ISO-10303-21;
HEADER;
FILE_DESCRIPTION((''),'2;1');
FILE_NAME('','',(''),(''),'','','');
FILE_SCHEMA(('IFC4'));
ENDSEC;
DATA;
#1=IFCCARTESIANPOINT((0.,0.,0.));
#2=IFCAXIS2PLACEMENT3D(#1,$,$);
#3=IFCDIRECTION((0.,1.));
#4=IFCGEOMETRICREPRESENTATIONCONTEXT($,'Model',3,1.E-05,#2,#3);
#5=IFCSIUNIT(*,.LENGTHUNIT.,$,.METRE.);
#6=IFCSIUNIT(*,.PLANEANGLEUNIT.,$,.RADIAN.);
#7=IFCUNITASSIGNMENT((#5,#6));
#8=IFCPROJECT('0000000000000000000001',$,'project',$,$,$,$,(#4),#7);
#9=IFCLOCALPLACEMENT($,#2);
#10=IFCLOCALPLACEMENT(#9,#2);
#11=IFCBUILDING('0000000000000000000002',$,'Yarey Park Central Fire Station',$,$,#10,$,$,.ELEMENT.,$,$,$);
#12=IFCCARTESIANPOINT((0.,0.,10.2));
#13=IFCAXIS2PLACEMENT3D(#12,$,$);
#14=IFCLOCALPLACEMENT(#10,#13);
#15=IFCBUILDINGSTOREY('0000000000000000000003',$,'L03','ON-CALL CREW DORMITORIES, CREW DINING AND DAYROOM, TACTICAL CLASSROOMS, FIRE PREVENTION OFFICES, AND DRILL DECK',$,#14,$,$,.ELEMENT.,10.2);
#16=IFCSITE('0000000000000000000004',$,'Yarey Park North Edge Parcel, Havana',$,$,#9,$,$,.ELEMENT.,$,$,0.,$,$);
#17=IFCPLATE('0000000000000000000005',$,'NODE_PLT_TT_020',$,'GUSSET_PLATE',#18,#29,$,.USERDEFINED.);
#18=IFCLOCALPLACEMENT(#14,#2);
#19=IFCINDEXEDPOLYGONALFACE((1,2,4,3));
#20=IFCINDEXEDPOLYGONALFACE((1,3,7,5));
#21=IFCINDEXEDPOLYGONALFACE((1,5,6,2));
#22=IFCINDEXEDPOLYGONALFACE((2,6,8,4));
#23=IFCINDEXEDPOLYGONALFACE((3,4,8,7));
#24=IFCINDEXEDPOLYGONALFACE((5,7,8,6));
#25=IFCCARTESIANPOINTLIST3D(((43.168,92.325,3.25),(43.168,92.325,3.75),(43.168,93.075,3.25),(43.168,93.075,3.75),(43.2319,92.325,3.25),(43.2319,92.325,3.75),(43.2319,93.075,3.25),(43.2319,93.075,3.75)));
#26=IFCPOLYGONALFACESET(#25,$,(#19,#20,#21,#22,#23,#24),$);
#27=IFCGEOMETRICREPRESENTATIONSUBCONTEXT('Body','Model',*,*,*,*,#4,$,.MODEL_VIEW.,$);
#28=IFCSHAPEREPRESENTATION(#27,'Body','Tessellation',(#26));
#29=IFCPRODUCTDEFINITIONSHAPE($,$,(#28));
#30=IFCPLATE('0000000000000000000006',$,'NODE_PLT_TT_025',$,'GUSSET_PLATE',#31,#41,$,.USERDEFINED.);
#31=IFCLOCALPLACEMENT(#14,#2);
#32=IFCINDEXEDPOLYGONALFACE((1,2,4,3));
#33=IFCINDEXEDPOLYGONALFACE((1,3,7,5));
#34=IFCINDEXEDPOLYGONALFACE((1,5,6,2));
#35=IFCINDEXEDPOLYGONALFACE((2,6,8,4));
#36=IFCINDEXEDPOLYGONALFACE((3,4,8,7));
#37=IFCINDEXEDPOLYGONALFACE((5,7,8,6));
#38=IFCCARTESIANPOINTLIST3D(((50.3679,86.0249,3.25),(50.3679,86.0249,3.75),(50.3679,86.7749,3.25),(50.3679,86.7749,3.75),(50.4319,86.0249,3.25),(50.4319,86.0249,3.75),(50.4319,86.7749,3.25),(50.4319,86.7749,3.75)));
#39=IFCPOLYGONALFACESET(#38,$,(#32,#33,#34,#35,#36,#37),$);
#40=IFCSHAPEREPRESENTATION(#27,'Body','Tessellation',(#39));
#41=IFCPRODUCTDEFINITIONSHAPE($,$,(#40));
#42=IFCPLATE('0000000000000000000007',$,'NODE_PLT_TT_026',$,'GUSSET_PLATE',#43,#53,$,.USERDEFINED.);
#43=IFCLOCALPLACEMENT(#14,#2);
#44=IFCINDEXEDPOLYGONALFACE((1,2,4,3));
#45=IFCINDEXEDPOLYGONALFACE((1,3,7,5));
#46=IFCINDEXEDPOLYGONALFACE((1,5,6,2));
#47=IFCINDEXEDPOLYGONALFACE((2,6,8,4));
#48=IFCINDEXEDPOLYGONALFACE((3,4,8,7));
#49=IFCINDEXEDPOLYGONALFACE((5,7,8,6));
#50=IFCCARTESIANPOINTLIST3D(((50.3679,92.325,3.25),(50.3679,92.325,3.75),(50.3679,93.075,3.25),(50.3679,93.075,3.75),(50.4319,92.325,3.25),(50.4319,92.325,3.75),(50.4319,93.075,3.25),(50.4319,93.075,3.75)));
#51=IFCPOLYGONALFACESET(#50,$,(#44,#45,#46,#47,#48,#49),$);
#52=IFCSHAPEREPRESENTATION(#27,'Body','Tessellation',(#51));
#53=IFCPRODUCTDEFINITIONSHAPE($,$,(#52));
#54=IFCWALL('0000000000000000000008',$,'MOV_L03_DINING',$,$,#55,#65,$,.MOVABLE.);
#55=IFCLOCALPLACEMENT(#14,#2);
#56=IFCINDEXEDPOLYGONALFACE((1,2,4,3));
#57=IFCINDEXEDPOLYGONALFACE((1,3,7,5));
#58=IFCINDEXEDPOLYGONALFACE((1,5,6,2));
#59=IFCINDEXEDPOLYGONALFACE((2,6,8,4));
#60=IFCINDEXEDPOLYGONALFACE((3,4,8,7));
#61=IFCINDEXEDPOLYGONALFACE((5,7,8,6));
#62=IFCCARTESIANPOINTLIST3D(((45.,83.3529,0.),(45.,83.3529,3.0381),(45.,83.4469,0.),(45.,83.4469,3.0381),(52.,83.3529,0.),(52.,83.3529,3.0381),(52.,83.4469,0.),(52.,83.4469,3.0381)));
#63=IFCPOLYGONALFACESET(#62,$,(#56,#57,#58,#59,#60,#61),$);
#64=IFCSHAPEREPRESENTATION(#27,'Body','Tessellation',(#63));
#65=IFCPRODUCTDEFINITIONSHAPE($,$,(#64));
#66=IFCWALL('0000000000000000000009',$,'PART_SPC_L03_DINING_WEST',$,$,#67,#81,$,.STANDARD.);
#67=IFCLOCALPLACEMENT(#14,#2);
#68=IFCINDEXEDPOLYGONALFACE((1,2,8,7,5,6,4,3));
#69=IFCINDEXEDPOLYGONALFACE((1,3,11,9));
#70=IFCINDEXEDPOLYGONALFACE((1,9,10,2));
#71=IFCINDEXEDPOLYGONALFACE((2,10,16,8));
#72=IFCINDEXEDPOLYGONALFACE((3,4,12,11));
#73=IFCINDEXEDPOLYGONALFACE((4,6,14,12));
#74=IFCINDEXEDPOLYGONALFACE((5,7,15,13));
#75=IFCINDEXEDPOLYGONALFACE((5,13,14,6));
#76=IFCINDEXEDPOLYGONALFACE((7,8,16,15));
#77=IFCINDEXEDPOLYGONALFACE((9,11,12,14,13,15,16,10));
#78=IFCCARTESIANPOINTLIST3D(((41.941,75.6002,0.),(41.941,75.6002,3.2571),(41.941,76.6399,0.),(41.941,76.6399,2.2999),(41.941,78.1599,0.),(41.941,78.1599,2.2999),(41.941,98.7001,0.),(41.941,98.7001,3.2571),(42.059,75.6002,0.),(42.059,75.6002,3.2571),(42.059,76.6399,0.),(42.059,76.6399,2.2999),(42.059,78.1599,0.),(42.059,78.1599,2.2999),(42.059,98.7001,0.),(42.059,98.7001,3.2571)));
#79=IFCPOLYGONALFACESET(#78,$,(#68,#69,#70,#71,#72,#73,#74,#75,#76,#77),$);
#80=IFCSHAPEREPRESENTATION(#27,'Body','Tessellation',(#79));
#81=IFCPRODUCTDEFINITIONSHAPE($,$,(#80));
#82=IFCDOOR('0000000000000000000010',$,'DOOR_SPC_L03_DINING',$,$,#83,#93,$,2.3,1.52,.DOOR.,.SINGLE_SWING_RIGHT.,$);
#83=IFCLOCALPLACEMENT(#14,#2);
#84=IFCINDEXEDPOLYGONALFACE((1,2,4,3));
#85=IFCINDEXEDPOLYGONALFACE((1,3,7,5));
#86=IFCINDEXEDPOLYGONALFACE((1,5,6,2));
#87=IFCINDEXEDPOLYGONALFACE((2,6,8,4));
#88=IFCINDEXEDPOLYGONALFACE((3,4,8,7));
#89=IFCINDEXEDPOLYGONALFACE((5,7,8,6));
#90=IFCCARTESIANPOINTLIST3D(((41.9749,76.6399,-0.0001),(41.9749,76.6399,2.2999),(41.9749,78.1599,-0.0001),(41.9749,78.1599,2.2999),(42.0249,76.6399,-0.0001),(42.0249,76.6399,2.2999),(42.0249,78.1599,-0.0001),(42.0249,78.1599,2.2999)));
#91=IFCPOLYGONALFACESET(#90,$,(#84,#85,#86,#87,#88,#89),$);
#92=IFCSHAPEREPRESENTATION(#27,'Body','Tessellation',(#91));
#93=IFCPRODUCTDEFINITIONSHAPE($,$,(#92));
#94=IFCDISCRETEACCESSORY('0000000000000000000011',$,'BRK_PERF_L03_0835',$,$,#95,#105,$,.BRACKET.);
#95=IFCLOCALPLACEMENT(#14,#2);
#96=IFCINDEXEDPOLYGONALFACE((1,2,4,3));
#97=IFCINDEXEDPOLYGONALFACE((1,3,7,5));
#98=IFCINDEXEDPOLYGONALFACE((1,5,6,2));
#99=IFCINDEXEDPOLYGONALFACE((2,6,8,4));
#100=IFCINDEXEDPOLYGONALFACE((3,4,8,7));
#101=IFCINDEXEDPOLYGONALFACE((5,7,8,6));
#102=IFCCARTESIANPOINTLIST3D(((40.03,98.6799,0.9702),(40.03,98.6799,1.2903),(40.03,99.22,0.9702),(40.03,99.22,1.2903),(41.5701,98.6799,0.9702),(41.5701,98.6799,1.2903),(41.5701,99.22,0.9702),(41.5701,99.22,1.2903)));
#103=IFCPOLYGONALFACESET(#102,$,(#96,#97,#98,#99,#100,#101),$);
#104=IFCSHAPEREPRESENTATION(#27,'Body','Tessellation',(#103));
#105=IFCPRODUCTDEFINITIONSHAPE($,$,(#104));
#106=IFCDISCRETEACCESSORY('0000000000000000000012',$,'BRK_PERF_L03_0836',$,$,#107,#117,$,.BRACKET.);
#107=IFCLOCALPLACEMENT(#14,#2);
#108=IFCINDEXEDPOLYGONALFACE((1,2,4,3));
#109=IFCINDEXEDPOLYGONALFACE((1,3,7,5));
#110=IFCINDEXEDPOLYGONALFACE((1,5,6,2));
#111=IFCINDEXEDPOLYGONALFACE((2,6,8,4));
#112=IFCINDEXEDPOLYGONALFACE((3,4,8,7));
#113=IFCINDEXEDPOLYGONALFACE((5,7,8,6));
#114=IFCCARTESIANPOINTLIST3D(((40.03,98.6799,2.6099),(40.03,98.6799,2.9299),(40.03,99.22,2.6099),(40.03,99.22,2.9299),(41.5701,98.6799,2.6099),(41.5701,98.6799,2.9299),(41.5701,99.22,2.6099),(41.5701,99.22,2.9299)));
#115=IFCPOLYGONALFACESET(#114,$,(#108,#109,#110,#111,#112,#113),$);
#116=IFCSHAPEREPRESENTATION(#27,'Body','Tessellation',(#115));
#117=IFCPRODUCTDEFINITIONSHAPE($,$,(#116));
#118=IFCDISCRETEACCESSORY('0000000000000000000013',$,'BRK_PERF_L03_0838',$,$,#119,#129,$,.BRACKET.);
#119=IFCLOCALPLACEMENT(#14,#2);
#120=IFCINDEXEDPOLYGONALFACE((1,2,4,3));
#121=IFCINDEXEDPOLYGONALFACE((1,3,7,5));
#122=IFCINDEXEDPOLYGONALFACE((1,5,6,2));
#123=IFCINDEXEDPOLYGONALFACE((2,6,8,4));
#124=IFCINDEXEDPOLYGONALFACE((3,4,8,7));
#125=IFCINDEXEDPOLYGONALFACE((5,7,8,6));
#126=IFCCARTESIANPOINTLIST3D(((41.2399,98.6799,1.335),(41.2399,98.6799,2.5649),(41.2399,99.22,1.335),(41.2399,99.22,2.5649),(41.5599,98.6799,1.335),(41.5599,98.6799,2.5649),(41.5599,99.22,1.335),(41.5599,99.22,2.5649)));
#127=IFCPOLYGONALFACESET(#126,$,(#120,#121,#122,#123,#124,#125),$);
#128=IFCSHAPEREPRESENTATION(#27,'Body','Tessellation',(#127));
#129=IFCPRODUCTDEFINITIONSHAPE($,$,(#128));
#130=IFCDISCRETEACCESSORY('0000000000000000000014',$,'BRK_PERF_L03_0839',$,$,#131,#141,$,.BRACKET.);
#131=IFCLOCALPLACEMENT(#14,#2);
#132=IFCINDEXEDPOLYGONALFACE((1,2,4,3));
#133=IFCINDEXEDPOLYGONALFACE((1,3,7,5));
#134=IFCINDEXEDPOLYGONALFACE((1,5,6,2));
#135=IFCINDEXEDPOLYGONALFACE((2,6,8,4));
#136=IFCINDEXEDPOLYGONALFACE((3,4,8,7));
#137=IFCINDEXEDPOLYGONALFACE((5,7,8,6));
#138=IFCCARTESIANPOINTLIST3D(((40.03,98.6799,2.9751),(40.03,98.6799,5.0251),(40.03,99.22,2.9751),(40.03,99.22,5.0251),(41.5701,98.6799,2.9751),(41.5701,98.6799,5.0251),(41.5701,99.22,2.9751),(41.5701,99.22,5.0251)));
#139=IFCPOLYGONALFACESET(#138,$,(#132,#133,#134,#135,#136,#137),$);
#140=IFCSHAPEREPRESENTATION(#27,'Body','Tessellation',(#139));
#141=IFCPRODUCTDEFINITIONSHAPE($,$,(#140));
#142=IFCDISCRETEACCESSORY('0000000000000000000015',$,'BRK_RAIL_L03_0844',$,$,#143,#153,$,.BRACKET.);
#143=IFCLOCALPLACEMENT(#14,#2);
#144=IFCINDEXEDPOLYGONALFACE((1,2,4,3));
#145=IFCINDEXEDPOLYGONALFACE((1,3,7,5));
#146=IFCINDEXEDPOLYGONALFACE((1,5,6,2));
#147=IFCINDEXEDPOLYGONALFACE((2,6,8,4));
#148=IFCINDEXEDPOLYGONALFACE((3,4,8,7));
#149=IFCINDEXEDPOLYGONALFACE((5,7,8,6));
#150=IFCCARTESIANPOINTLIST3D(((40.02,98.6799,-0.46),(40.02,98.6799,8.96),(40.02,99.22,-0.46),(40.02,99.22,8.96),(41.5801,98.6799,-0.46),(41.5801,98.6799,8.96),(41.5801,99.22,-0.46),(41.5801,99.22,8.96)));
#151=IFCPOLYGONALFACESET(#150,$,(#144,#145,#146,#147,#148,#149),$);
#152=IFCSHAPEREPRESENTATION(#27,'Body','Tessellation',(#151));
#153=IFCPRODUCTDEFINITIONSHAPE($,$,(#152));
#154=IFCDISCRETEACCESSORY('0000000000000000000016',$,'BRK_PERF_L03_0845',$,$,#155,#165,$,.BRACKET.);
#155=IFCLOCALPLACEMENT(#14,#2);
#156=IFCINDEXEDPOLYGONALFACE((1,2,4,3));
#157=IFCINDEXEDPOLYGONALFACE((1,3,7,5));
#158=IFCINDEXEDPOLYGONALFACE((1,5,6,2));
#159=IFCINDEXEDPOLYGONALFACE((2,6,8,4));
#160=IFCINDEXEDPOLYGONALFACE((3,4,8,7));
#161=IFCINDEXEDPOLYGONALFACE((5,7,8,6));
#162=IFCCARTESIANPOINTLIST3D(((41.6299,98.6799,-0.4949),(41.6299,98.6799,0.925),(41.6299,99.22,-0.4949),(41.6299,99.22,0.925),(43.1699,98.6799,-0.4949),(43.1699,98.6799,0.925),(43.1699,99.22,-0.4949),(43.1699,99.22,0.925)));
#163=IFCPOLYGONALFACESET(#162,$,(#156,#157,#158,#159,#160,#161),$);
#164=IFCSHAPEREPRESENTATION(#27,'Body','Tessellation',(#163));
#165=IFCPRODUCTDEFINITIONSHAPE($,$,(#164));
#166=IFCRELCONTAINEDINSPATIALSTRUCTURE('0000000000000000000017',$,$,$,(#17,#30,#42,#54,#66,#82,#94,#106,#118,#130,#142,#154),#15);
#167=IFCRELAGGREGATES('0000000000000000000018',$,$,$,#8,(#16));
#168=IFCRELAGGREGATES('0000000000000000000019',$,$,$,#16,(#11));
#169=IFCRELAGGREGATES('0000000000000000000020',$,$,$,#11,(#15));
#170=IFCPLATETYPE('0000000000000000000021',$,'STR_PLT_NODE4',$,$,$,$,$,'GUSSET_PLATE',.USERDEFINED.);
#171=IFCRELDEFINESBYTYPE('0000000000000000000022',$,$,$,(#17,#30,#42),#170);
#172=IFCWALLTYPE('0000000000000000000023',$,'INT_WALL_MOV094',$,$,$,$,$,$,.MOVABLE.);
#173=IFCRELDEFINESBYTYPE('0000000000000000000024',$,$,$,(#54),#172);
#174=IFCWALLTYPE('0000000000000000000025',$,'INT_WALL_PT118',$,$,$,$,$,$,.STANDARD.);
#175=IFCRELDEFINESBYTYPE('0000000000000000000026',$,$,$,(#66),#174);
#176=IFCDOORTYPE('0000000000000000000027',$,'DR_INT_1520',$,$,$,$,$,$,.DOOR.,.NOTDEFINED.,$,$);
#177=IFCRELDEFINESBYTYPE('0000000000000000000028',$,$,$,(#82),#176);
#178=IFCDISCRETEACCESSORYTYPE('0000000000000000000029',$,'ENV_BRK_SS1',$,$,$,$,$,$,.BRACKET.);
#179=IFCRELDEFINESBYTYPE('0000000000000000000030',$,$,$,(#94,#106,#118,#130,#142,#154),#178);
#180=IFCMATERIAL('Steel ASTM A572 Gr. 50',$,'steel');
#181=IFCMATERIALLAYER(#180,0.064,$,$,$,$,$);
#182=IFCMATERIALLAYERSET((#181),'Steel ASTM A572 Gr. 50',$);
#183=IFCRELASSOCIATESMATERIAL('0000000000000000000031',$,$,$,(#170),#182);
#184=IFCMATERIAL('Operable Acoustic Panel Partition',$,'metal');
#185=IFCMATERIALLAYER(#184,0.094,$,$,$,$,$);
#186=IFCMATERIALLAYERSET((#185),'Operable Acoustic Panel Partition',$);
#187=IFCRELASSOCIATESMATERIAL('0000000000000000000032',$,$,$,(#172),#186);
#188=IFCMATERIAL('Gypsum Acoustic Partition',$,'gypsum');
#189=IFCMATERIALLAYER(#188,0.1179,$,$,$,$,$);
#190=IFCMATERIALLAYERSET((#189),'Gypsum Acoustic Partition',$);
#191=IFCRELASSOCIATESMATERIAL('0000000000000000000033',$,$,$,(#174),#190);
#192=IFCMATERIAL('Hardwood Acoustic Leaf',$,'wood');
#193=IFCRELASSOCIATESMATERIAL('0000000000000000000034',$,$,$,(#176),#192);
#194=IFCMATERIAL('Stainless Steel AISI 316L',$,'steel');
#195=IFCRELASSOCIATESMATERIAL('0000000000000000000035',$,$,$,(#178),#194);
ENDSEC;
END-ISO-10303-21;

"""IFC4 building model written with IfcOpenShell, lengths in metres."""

from ifc_helpers import new_model, si_unit, direction, frame, frame_2d, origin, origin_2d, place, context, subcontext, project, spatial, rectangle, extrude, material, layer, layer_set, type_object, element, fill, save


model = new_model("IFC4")

# Units and contexts
model_context = context("Model", 3, precision=1e-05, world=origin(), true_north=direction((0.0, 1.0)))
body_context = subcontext(model_context, "Body", "Model", "MODEL_VIEW")
ifc_project = project(units=[si_unit("LENGTHUNIT", "METRE"), si_unit("PLANEANGLEUNIT", "RADIAN")], contexts=[model_context])

# Site, building, storey
site_placement = place(None, origin())
site = spatial("IfcSite", under=ifc_project, at=site_placement, Name="Yarey Park North Edge Parcel, Havana", CompositionType="ELEMENT", RefElevation=0.0)
building_placement = place(site_placement, origin())
building = spatial("IfcBuilding", under=site, at=building_placement, Name="Yarey Park Central Fire Station", CompositionType="ELEMENT")
storey_placement = place(building_placement, frame((0.0, 0.0, 10.2)))
storey = spatial("IfcBuildingStorey", under=building, at=storey_placement, Name="L03", Description="ON-CALL CREW DORMITORIES, CREW DINING AND DAYROOM, TACTICAL CLASSROOMS, FIRE PREVENTION OFFICES, AND DRILL DECK", CompositionType="ELEMENT", Elevation=10.2)

# Plates
ifc_material_1 = material(Name="Steel ASTM A572 Gr. 50", Category="steel")
ifc_layer_1 = layer(ifc_material_1, 0.064)
ifc_layer_set_1 = layer_set([ifc_layer_1], Name="Steel ASTM A572 Gr. 50")
plate_type = type_object("IfcPlateType", Name="STR_PLT_NODE4", ElementType="GUSSET_PLATE", PredefinedType="USERDEFINED", material=ifc_layer_set_1)
for number, where, z_axis, x_axis, name in (
    (1, (43.2, 92.7, 3.25), (0.0, 0.0, 1.0), (1.0, 0.0, 0.0), "NODE_PLT_TT_020"),
    (2, (50.3999, 86.3999, 3.25), (0.0, 0.0, 1.0), (1.0, 0.0, 0.0), "NODE_PLT_TT_025"),
    (3, (50.3999, 92.7, 3.25), (0.0, 0.0, 1.0), (1.0, 0.0, 0.0), "NODE_PLT_TT_026"),
):
    element("IfcPlate", number, at=place(storey_placement, frame(where, z_axis=z_axis, x_axis=x_axis)), inside=storey, type_object=plate_type, Name=name, ObjectType="GUSSET_PLATE", PredefinedType="USERDEFINED", context=body_context, shape_type="SweptSolid", body=[
        extrude(rectangle(XDim=0.064, YDim=0.75, at=origin_2d()), origin(), (0.0, 0.0, 1.0), 0.5),
    ])

# Wall
ifc_material_2 = material(Name="Operable Acoustic Panel Partition", Category="metal")
ifc_layer_2 = layer(ifc_material_2, 0.094)
ifc_layer_set_2 = layer_set([ifc_layer_2], Name="Operable Acoustic Panel Partition")
wall_type_1 = type_object("IfcWallType", Name="INT_WALL_MOV094", PredefinedType="MOVABLE", material=ifc_layer_set_2)
wall_1_placement = place(storey_placement, frame((45.0, 83.3999, 0.0), z_axis=(0.0, 0.0, 1.0), x_axis=(1.0, 0.0, 0.0)))
element("IfcWall", 4, at=wall_1_placement, inside=storey, type_object=wall_type_1, Name="MOV_L03_DINING", PredefinedType="MOVABLE", context=body_context, shape_type="SweptSolid", body=[
    extrude(rectangle(XDim=7.0, YDim=0.094, at=frame_2d((3.5, 0.0))), origin(), (0.0, 0.0, 1.0), 3.0381),
])

# Wall, opening, door
ifc_material_3 = material(Name="Gypsum Acoustic Partition", Category="gypsum")
ifc_layer_3 = layer(ifc_material_3, 0.1179)
ifc_layer_set_3 = layer_set([ifc_layer_3], Name="Gypsum Acoustic Partition")
wall_type_2 = type_object("IfcWallType", Name="INT_WALL_PT118", PredefinedType="STANDARD", material=ifc_layer_set_3)
wall_2_placement = place(storey_placement, frame((42.0, 98.7, 0.0), z_axis=(0.0, 0.0, 1.0), x_axis=(0.0, -1.0, 0.0)))
wall_2 = element("IfcWall", 5, at=wall_2_placement, inside=storey, type_object=wall_type_2, Name="PART_SPC_L03_DINING_WEST", PredefinedType="STANDARD", context=body_context, shape_type="SweptSolid", body=[
    extrude(rectangle(XDim=23.0999, YDim=0.1179, at=frame_2d((11.5498, 0.0))), origin(), (0.0, 0.0, 1.0), 3.2571),
])
opening_placement = place(wall_2_placement, frame((20.54, 0.0, 0.0)))
opening = element("IfcOpeningElement", 6, at=opening_placement, cuts=wall_2, PredefinedType="OPENING", context=body_context, shape_type="SweptSolid", body=[
    extrude(rectangle(XDim=1.52, YDim=2.3, at=frame_2d((0.76, 1.1499))), frame((0.0, 0.0688, 0.0), z_axis=(0.0, -1.0, 0.0), x_axis=(1.0, 0.0, 0.0)), (0.0, 0.0, 1.0), 0.1379),
])
ifc_material_4 = material(Name="Hardwood Acoustic Leaf", Category="wood")
door_type = type_object("IfcDoorType", Name="DR_INT_1520", OperationType="NOTDEFINED", PredefinedType="DOOR", material=ifc_material_4)
door_placement = place(opening_placement, origin())
door = element("IfcDoor", 7, at=door_placement, inside=storey, type_object=door_type, Name="DOOR_SPC_L03_DINING", OperationType="SINGLE_SWING_RIGHT", OverallHeight=2.3, OverallWidth=1.52, PredefinedType="DOOR", context=body_context, shape_type="SweptSolid", body=[
    extrude(rectangle(XDim=1.52, YDim=2.3, at=frame_2d((0.76, 1.1499))), frame((0.0, 0.0249, 0.0), z_axis=(0.0, -1.0, 0.0), x_axis=(1.0, 0.0, 0.0)), (0.0, 0.0, 1.0), 0.05),
])
fill(opening, door)

# Discrete accessories
ifc_material_5 = material(Name="Stainless Steel AISI 316L", Category="steel")
discrete_accessory_type = type_object("IfcDiscreteAccessoryType", Name="ENV_BRK_SS1", PredefinedType="BRACKET", material=ifc_material_5)
for number, where, z_axis, x_axis, name in (
    (8, (40.8, 98.95, 0.9702), (0.0, 0.0, 1.0), (1.0, 0.0, 0.0), "BRK_PERF_L03_0835"),
    (9, (40.8, 98.95, 2.6099), (0.0, 0.0, 1.0), (1.0, 0.0, 0.0), "BRK_PERF_L03_0836"),
):
    element("IfcDiscreteAccessory", number, at=place(storey_placement, frame(where, z_axis=z_axis, x_axis=x_axis)), inside=storey, type_object=discrete_accessory_type, Name=name, PredefinedType="BRACKET", context=body_context, shape_type="SweptSolid", body=[
        extrude(rectangle(XDim=1.54, YDim=0.54, at=origin_2d()), origin(), (0.0, 0.0, 1.0), 0.3201),
    ])
discrete_accessory_1_placement = place(storey_placement, frame((41.3999, 98.95, 1.335), z_axis=(0.0, 0.0, 1.0), x_axis=(1.0, 0.0, 0.0)))
element("IfcDiscreteAccessory", 10, at=discrete_accessory_1_placement, inside=storey, type_object=discrete_accessory_type, Name="BRK_PERF_L03_0838", PredefinedType="BRACKET", context=body_context, shape_type="SweptSolid", body=[
    extrude(rectangle(XDim=0.3201, YDim=0.54, at=origin_2d()), origin(), (0.0, 0.0, 1.0), 1.23),
])
discrete_accessory_2_placement = place(storey_placement, frame((40.8, 98.95, 2.9751), z_axis=(0.0, 0.0, 1.0), x_axis=(1.0, 0.0, 0.0)))
element("IfcDiscreteAccessory", 11, at=discrete_accessory_2_placement, inside=storey, type_object=discrete_accessory_type, Name="BRK_PERF_L03_0839", PredefinedType="BRACKET", context=body_context, shape_type="SweptSolid", body=[
    extrude(rectangle(XDim=1.54, YDim=0.54, at=origin_2d()), origin(), (0.0, 0.0, 1.0), 2.05),
])
discrete_accessory_3_placement = place(storey_placement, frame((40.8, 98.95, -0.46), z_axis=(0.0, 0.0, 1.0), x_axis=(1.0, 0.0, 0.0)))
element("IfcDiscreteAccessory", 12, at=discrete_accessory_3_placement, inside=storey, type_object=discrete_accessory_type, Name="BRK_RAIL_L03_0844", PredefinedType="BRACKET", context=body_context, shape_type="SweptSolid", body=[
    extrude(rectangle(XDim=1.5601, YDim=0.54, at=origin_2d()), origin(), (0.0, 0.0, 1.0), 9.4199),
])
discrete_accessory_4_placement = place(storey_placement, frame((42.3999, 98.95, -0.4949), z_axis=(0.0, 0.0, 1.0), x_axis=(1.0, 0.0, 0.0)))
element("IfcDiscreteAccessory", 13, at=discrete_accessory_4_placement, inside=storey, type_object=discrete_accessory_type, Name="BRK_PERF_L03_0845", PredefinedType="BRACKET", context=body_context, shape_type="SweptSolid", body=[
    extrude(rectangle(XDim=1.54, YDim=0.54, at=origin_2d()), origin(), (0.0, 0.0, 1.0), 1.4199),
])

save(model, "model.ifc")
